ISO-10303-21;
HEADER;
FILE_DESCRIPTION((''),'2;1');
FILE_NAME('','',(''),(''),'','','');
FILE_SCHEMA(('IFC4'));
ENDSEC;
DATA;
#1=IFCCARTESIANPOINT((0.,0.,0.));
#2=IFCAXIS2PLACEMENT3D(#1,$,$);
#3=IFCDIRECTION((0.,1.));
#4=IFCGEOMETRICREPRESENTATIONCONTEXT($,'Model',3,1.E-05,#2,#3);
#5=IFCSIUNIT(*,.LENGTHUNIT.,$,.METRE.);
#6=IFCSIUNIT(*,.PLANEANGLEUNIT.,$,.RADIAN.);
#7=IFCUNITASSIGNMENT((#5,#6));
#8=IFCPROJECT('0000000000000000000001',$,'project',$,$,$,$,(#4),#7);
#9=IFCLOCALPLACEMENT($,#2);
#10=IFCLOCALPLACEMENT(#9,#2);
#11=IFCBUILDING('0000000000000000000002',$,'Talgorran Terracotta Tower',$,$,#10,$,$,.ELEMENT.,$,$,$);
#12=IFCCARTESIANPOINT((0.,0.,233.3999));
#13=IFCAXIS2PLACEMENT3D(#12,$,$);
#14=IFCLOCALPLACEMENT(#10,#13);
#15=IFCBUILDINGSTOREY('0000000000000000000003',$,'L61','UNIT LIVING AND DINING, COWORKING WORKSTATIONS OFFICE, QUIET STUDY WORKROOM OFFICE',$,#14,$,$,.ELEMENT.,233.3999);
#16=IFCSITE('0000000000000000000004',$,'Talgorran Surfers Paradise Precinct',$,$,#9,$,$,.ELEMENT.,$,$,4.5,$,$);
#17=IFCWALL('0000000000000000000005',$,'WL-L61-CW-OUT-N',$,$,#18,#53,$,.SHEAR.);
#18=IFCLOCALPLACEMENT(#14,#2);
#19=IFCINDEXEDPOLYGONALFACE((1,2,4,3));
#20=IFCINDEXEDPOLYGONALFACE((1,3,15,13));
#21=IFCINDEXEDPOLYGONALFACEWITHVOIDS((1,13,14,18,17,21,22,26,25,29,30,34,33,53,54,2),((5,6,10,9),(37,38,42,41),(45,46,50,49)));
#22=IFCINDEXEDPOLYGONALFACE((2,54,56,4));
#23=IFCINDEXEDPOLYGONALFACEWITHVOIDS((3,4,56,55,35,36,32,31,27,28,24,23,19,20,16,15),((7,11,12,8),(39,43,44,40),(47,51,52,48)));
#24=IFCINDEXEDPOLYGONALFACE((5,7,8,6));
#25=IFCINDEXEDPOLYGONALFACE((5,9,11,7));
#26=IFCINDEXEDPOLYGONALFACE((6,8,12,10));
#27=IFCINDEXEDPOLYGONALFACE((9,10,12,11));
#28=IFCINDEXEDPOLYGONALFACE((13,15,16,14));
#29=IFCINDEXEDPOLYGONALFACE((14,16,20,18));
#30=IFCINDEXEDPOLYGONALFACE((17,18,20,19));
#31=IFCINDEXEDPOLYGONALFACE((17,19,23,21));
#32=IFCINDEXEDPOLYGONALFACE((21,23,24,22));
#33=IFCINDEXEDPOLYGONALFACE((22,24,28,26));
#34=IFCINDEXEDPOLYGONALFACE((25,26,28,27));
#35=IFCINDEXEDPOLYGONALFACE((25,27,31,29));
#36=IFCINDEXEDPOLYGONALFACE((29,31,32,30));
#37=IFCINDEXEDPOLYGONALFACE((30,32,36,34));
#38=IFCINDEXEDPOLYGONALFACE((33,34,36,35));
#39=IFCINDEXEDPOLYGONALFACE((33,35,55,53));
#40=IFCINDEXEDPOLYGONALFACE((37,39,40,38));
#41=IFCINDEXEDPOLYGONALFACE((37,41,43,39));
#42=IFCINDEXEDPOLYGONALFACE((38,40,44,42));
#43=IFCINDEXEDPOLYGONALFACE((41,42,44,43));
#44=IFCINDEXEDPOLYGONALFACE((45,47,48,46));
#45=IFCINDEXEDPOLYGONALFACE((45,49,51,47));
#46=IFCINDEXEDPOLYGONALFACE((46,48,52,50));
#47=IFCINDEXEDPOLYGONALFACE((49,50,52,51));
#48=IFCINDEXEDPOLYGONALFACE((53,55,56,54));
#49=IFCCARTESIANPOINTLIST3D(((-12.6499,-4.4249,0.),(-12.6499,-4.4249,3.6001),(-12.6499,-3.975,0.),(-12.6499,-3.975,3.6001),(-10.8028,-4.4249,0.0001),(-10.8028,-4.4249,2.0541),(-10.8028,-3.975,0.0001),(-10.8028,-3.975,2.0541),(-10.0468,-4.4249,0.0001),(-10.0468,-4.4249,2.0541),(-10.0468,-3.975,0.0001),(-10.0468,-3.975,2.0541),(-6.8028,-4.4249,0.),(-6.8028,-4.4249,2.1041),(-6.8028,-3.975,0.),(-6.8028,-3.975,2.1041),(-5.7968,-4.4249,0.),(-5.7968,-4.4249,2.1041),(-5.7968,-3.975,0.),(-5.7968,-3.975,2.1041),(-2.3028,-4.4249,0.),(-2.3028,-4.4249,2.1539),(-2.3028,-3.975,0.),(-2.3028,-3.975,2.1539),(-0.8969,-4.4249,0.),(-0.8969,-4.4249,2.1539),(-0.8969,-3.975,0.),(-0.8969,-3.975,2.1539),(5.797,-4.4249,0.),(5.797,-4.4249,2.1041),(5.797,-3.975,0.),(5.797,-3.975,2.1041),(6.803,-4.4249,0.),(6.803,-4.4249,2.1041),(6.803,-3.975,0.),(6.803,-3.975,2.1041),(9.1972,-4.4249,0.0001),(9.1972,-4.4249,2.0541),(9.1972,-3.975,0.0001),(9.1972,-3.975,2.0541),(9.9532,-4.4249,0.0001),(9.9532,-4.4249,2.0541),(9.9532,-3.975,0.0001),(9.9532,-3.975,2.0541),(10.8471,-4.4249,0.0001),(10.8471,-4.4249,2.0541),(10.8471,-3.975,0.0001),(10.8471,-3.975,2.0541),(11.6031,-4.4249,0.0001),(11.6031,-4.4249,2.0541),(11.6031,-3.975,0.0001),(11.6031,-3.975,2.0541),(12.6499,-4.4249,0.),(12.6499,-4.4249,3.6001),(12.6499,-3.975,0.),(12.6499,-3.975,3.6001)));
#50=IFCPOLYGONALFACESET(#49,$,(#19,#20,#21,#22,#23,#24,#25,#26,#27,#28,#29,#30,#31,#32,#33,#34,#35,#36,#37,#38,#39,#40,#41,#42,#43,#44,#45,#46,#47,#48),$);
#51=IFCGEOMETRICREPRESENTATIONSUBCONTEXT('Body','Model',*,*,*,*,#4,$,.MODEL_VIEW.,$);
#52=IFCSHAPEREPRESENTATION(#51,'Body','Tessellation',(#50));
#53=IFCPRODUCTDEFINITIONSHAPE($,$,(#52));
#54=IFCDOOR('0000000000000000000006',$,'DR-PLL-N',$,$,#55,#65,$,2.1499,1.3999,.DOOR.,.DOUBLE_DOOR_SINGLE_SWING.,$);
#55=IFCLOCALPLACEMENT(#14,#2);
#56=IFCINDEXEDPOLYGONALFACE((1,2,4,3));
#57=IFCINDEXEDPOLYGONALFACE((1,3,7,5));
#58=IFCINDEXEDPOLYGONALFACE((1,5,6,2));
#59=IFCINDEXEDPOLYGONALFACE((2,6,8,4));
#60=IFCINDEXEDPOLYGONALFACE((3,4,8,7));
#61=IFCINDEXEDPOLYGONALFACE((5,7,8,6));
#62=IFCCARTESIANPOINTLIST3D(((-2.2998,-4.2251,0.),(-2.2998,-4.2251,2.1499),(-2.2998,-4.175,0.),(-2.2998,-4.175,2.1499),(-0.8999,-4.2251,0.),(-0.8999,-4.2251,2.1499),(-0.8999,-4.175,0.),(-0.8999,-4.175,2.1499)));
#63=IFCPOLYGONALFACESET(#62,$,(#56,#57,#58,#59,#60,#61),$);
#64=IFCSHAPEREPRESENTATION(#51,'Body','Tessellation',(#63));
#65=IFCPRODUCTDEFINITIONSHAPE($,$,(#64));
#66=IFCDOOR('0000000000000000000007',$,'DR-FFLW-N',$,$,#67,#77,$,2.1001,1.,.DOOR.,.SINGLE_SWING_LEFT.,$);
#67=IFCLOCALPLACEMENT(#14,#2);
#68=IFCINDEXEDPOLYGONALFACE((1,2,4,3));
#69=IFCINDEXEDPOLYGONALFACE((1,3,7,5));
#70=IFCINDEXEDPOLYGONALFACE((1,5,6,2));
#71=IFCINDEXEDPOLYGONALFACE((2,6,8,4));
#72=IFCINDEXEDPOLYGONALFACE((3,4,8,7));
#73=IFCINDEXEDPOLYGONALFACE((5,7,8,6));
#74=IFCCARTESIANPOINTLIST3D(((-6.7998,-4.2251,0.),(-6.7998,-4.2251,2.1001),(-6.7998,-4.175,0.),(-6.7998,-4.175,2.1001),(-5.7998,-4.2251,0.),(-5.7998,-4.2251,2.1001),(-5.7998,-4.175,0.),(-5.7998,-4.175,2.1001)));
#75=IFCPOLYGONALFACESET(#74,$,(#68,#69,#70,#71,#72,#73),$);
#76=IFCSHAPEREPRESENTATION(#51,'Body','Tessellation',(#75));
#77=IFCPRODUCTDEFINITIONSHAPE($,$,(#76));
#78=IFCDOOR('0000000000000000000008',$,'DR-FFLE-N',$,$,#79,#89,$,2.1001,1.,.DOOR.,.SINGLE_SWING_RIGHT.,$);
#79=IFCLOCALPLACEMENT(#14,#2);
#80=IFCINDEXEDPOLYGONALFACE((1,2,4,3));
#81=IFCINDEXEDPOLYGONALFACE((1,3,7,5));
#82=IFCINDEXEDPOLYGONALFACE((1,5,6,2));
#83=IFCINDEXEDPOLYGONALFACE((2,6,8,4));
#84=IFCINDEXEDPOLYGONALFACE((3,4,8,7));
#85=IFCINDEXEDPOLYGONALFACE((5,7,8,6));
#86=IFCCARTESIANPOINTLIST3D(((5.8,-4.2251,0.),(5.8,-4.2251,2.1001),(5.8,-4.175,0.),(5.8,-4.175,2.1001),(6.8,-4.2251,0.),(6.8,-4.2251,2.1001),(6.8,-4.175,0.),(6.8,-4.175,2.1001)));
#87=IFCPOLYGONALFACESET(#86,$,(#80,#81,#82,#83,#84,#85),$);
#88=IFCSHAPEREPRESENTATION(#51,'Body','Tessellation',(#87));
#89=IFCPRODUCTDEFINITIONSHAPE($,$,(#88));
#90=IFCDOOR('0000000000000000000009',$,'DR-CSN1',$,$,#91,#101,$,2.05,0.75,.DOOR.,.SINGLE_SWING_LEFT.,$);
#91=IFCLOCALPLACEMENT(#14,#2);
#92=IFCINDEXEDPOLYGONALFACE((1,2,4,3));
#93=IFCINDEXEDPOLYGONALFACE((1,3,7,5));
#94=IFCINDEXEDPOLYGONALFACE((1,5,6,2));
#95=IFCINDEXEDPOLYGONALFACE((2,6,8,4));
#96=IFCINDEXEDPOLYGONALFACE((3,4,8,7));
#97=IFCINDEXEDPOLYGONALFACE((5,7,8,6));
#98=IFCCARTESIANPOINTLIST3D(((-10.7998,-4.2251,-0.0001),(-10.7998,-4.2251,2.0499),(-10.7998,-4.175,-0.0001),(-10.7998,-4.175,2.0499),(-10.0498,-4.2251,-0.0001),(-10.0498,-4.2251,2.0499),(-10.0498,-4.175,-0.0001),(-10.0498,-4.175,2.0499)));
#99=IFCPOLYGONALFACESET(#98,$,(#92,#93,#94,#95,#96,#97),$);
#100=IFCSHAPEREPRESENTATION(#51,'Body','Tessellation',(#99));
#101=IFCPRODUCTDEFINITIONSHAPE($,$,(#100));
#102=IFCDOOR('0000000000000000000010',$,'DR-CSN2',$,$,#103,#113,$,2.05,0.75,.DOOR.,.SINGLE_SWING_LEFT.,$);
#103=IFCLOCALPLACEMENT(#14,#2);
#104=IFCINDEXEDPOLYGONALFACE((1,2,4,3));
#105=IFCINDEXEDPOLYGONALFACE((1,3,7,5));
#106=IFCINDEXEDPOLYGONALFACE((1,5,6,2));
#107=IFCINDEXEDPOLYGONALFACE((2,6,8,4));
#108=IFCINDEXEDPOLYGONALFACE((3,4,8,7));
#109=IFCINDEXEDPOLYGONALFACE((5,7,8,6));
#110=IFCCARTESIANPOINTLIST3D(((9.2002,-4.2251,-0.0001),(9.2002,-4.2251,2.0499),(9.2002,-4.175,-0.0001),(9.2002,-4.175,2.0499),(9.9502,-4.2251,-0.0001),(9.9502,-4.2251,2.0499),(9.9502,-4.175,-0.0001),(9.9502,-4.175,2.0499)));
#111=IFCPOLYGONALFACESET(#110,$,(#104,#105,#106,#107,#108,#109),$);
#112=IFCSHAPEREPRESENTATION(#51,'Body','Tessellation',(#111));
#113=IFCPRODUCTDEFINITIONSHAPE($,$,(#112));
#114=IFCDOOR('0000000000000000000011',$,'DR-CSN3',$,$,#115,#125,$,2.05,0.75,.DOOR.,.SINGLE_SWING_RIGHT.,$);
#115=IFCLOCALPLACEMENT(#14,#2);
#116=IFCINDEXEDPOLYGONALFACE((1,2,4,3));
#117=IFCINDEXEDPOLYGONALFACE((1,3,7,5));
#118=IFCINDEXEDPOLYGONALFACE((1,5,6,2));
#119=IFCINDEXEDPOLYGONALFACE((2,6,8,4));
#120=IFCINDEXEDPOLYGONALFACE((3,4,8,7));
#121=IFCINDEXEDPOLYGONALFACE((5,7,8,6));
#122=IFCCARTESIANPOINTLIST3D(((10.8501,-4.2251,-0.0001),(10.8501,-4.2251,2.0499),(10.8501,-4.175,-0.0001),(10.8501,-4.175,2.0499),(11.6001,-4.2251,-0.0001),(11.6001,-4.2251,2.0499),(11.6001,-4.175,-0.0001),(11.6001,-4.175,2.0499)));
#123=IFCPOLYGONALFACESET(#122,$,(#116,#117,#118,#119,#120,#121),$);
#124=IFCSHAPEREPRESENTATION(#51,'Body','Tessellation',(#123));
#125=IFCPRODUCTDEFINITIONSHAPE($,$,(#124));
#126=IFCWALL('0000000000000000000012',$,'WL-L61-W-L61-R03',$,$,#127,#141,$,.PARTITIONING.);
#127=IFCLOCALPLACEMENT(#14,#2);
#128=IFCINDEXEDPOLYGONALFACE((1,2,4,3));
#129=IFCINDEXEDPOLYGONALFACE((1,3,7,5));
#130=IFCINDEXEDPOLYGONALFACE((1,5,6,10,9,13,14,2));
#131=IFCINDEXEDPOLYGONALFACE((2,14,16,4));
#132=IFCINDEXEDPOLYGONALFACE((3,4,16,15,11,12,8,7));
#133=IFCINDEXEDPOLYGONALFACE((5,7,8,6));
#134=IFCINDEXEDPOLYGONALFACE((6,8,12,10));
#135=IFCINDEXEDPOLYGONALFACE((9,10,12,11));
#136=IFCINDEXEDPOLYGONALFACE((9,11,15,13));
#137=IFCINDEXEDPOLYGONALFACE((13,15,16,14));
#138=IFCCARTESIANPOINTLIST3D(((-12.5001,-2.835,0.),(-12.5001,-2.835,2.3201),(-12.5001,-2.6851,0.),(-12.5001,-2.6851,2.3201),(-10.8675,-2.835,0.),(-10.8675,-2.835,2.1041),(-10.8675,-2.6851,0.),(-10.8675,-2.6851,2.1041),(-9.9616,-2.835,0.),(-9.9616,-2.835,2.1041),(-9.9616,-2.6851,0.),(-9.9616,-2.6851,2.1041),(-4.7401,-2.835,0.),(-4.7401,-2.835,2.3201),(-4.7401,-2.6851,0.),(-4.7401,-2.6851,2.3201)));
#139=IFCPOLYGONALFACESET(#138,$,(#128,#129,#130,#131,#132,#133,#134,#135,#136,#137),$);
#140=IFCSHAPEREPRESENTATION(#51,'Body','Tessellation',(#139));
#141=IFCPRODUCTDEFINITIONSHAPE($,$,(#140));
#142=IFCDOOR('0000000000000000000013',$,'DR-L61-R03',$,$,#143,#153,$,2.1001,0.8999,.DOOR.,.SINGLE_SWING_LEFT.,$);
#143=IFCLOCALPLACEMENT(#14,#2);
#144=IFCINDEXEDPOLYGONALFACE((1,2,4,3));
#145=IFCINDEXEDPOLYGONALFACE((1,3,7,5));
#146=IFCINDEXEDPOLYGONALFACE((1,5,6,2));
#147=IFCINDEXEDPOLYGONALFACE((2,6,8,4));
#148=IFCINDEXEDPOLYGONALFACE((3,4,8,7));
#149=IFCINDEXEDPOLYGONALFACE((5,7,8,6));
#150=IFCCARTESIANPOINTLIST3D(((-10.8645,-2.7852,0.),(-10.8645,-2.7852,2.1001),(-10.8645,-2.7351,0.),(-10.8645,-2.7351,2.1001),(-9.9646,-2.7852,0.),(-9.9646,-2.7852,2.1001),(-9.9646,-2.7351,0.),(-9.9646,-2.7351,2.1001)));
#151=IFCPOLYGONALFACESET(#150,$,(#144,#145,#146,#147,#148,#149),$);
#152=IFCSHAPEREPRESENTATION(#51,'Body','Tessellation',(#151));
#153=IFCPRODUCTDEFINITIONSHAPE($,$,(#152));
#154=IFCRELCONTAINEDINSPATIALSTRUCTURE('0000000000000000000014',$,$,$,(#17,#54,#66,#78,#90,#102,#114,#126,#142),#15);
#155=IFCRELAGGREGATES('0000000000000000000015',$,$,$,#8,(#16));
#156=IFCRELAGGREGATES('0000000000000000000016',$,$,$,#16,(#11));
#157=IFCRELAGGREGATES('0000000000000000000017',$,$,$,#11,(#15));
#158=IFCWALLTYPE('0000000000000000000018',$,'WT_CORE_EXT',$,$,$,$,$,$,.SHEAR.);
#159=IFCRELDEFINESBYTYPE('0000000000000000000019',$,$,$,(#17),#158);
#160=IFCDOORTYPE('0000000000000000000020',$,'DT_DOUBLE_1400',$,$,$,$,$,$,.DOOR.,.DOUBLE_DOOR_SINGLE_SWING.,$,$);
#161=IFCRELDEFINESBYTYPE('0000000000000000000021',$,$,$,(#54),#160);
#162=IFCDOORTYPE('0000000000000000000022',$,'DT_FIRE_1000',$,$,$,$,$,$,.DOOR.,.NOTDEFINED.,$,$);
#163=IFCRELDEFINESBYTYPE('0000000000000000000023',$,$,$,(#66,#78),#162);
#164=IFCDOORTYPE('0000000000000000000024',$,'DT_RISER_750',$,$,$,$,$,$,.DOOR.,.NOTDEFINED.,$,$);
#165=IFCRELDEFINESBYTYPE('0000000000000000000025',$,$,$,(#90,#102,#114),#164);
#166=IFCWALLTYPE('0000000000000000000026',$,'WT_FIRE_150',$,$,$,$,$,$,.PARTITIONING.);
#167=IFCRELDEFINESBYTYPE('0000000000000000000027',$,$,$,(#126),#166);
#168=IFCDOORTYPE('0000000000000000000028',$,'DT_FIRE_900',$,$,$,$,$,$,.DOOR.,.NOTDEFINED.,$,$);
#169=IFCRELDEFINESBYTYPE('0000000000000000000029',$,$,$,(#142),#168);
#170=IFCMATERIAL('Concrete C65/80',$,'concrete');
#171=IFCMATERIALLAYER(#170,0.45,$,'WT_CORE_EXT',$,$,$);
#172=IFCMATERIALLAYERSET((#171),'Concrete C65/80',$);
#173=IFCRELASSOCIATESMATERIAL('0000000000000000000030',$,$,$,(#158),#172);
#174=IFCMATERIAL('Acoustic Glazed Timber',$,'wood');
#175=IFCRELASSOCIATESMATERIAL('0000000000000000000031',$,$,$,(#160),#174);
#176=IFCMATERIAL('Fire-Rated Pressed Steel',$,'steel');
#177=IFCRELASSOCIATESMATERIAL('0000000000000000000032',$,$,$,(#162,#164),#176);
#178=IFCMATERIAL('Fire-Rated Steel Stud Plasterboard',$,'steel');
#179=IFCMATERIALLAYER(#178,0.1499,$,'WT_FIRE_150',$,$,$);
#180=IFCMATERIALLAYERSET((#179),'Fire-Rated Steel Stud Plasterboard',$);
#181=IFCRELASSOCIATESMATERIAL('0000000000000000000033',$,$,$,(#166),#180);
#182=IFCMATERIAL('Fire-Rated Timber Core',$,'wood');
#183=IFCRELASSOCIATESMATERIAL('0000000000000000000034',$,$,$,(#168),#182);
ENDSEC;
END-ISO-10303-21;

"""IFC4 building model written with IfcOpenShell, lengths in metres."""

from ifc_helpers import new_model, si_unit, direction, frame, frame_2d, origin, place, context, subcontext, project, spatial, rectangle, extrude, material, layer, layer_set, type_object, element, fill, save


model = new_model("IFC4")

# Units and contexts
model_context = context("Model", 3, precision=1e-05, world=origin(), true_north=direction((0.0, 1.0)))
body_context = subcontext(model_context, "Body", "Model", "MODEL_VIEW")
ifc_project = project(units=[si_unit("LENGTHUNIT", "METRE"), si_unit("PLANEANGLEUNIT", "RADIAN")], contexts=[model_context])

# Site, building, storey
site_placement = place(None, origin())
site = spatial("IfcSite", under=ifc_project, at=site_placement, Name="Talgorran Surfers Paradise Precinct", CompositionType="ELEMENT", RefElevation=4.5)
building_placement = place(site_placement, origin())
building = spatial("IfcBuilding", under=site, at=building_placement, Name="Talgorran Terracotta Tower", CompositionType="ELEMENT")
storey_placement = place(building_placement, frame((0.0, 0.0, 233.3999)))
storey = spatial("IfcBuildingStorey", under=building, at=storey_placement, Name="L61", Description="UNIT LIVING AND DINING, COWORKING WORKSTATIONS OFFICE, QUIET STUDY WORKROOM OFFICE", CompositionType="ELEMENT", Elevation=233.3999)

# Wall, openings, doors
ifc_material_1 = material(Name="Concrete C65/80", Category="concrete")
ifc_layer_1 = layer(ifc_material_1, 0.45, Name="WT_CORE_EXT")
ifc_layer_set_1 = layer_set([ifc_layer_1], Name="Concrete C65/80")
wall_type_1 = type_object("IfcWallType", Name="WT_CORE_EXT", PredefinedType="SHEAR", material=ifc_layer_set_1)
wall_1_placement = place(storey_placement, frame((-12.6499, -4.2, 0.0), z_axis=(0.0, 0.0, 1.0), x_axis=(1.0, 0.0, 0.0)))
wall_1 = element("IfcWall", 1, at=wall_1_placement, inside=storey, type_object=wall_type_1, Name="WL-L61-CW-OUT-N", PredefinedType="SHEAR", context=body_context, shape_type="SweptSolid", body=[
    extrude(rectangle(XDim=25.2998, YDim=0.45, at=frame_2d((12.6499, 0.0))), origin(), (0.0, 0.0, 1.0), 3.6001),
])
opening_1_placement = place(wall_1_placement, frame((1.8501, 0.0, 0.0)))
opening_1 = element("IfcOpeningElement", 2, at=opening_1_placement, cuts=wall_1, PredefinedType="OPENING", context=body_context, shape_type="SweptSolid", body=[
    extrude(rectangle(XDim=0.756, YDim=2.054, at=frame_2d((0.375, 1.0271))), frame((0.0, 0.2349, 0.0), z_axis=(0.0, -1.0, 0.0), x_axis=(1.0, 0.0, 0.0)), (0.0, 0.0, 1.0), 0.47),
])
opening_2_placement = place(wall_1_placement, frame((21.8501, 0.0, 0.0)))
opening_2 = element("IfcOpeningElement", 3, at=opening_2_placement, cuts=wall_1, PredefinedType="OPENING", context=body_context, shape_type="SweptSolid", body=[
    extrude(rectangle(XDim=0.756, YDim=2.054, at=frame_2d((0.375, 1.0271))), frame((0.0, 0.2349, 0.0), z_axis=(0.0, -1.0, 0.0), x_axis=(1.0, 0.0, 0.0)), (0.0, 0.0, 1.0), 0.47),
])
opening_3_placement = place(wall_1_placement, frame((23.5, 0.0, 0.0)))
opening_3 = element("IfcOpeningElement", 4, at=opening_3_placement, cuts=wall_1, PredefinedType="OPENING", context=body_context, shape_type="SweptSolid", body=[
    extrude(rectangle(XDim=0.756, YDim=2.054, at=frame_2d((0.375, 1.0271))), frame((0.0, 0.2349, 0.0), z_axis=(0.0, -1.0, 0.0), x_axis=(1.0, 0.0, 0.0)), (0.0, 0.0, 1.0), 0.47),
])
opening_4_placement = place(wall_1_placement, frame((5.8501, 0.0, 0.0)))
opening_4 = element("IfcOpeningElement", 5, at=opening_4_placement, cuts=wall_1, PredefinedType="OPENING", context=body_context, shape_type="SweptSolid", body=[
    extrude(rectangle(XDim=1.006, YDim=2.1041, at=frame_2d((0.5, 1.052))), frame((0.0, 0.2349, 0.0), z_axis=(0.0, -1.0, 0.0), x_axis=(1.0, 0.0, 0.0)), (0.0, 0.0, 1.0), 0.47),
])
opening_5_placement = place(wall_1_placement, frame((10.3501, 0.0, 0.0)))
opening_5 = element("IfcOpeningElement", 6, at=opening_5_placement, cuts=wall_1, PredefinedType="OPENING", context=body_context, shape_type="SweptSolid", body=[
    extrude(rectangle(XDim=1.4059, YDim=2.1539, at=frame_2d((0.7, 1.0769))), frame((0.0, 0.2349, 0.0), z_axis=(0.0, -1.0, 0.0), x_axis=(1.0, 0.0, 0.0)), (0.0, 0.0, 1.0), 0.47),
])
opening_6_placement = place(wall_1_placement, frame((18.45, 0.0, 0.0)))
opening_6 = element("IfcOpeningElement", 7, at=opening_6_placement, cuts=wall_1, PredefinedType="OPENING", context=body_context, shape_type="SweptSolid", body=[
    extrude(rectangle(XDim=1.006, YDim=2.1041, at=frame_2d((0.5, 1.052))), frame((0.0, 0.2349, 0.0), z_axis=(0.0, -1.0, 0.0), x_axis=(1.0, 0.0, 0.0)), (0.0, 0.0, 1.0), 0.47),
])
ifc_material_2 = material(Name="Acoustic Glazed Timber", Category="wood")
door_type_1 = type_object("IfcDoorType", Name="DT_DOUBLE_1400", OperationType="DOUBLE_DOOR_SINGLE_SWING", PredefinedType="DOOR", material=ifc_material_2)
door_1_placement = place(opening_5_placement, origin())
door_1 = element("IfcDoor", 8, at=door_1_placement, inside=storey, type_object=door_type_1, Name="DR-PLL-N", OperationType="DOUBLE_DOOR_SINGLE_SWING", OverallHeight=2.1499, OverallWidth=1.3999, PredefinedType="DOOR", context=body_context, shape_type="SweptSolid", body=[
    extrude(rectangle(XDim=1.3999, YDim=2.1499, at=frame_2d((0.7, 1.075))), frame((0.0, 0.0249, 0.0), z_axis=(0.0, -1.0, 0.0), x_axis=(1.0, 0.0, 0.0)), (0.0, 0.0, 1.0), 0.05),
])
fill(opening_5, door_1)
ifc_material_3 = material(Name="Fire-Rated Pressed Steel", Category="steel")
door_type_2 = type_object("IfcDoorType", Name="DT_FIRE_1000", OperationType="NOTDEFINED", PredefinedType="DOOR", material=ifc_material_3)
door_2_placement = place(opening_4_placement, origin())
door_2 = element("IfcDoor", 9, at=door_2_placement, inside=storey, type_object=door_type_2, Name="DR-FFLW-N", OperationType="SINGLE_SWING_LEFT", OverallHeight=2.1001, OverallWidth=1.0, PredefinedType="DOOR", context=body_context, shape_type="SweptSolid", body=[
    extrude(rectangle(XDim=1.0, YDim=2.1001, at=frame_2d((0.5, 1.05))), frame((0.0, 0.0249, 0.0), z_axis=(0.0, -1.0, 0.0), x_axis=(1.0, 0.0, 0.0)), (0.0, 0.0, 1.0), 0.05),
])
fill(opening_4, door_2)
door_3_placement = place(opening_6_placement, origin())
door_3 = element("IfcDoor", 10, at=door_3_placement, inside=storey, type_object=door_type_2, Name="DR-FFLE-N", OperationType="SINGLE_SWING_RIGHT", OverallHeight=2.1001, OverallWidth=1.0, PredefinedType="DOOR", context=body_context, shape_type="SweptSolid", body=[
    extrude(rectangle(XDim=1.0, YDim=2.1001, at=frame_2d((0.5, 1.05))), frame((0.0, 0.0249, 0.0), z_axis=(0.0, -1.0, 0.0), x_axis=(1.0, 0.0, 0.0)), (0.0, 0.0, 1.0), 0.05),
])
fill(opening_6, door_3)
door_type_3 = type_object("IfcDoorType", Name="DT_RISER_750", OperationType="NOTDEFINED", PredefinedType="DOOR", material=ifc_material_3)
door_4_placement = place(opening_1_placement, origin())
door_4 = element("IfcDoor", 11, at=door_4_placement, inside=storey, type_object=door_type_3, Name="DR-CSN1", OperationType="SINGLE_SWING_LEFT", OverallHeight=2.05, OverallWidth=0.75, PredefinedType="DOOR", context=body_context, shape_type="SweptSolid", body=[
    extrude(rectangle(XDim=0.75, YDim=2.05, at=frame_2d((0.375, 1.0249))), frame((0.0, 0.0249, 0.0), z_axis=(0.0, -1.0, 0.0), x_axis=(1.0, 0.0, 0.0)), (0.0, 0.0, 1.0), 0.05),
])
fill(opening_1, door_4)
door_5_placement = place(opening_2_placement, origin())
door_5 = element("IfcDoor", 12, at=door_5_placement, inside=storey, type_object=door_type_3, Name="DR-CSN2", OperationType="SINGLE_SWING_LEFT", OverallHeight=2.05, OverallWidth=0.75, PredefinedType="DOOR", context=body_context, shape_type="SweptSolid", body=[
    extrude(rectangle(XDim=0.75, YDim=2.05, at=frame_2d((0.375, 1.0249))), frame((0.0, 0.0249, 0.0), z_axis=(0.0, -1.0, 0.0), x_axis=(1.0, 0.0, 0.0)), (0.0, 0.0, 1.0), 0.05),
])
fill(opening_2, door_5)
door_6_placement = place(opening_3_placement, origin())
door_6 = element("IfcDoor", 13, at=door_6_placement, inside=storey, type_object=door_type_3, Name="DR-CSN3", OperationType="SINGLE_SWING_RIGHT", OverallHeight=2.05, OverallWidth=0.75, PredefinedType="DOOR", context=body_context, shape_type="SweptSolid", body=[
    extrude(rectangle(XDim=0.75, YDim=2.05, at=frame_2d((0.375, 1.0249))), frame((0.0, 0.0249, 0.0), z_axis=(0.0, -1.0, 0.0), x_axis=(1.0, 0.0, 0.0)), (0.0, 0.0, 1.0), 0.05),
])
fill(opening_3, door_6)

# Wall, opening, door
ifc_material_4 = material(Name="Fire-Rated Steel Stud Plasterboard", Category="steel")
ifc_layer_2 = layer(ifc_material_4, 0.1499, Name="WT_FIRE_150")
ifc_layer_set_2 = layer_set([ifc_layer_2], Name="Fire-Rated Steel Stud Plasterboard")
wall_type_2 = type_object("IfcWallType", Name="WT_FIRE_150", PredefinedType="PARTITIONING", material=ifc_layer_set_2)
wall_2_placement = place(storey_placement, frame((-12.5, -2.76, 0.0), z_axis=(0.0, 0.0, 1.0), x_axis=(1.0, 0.0, 0.0)))
wall_2 = element("IfcWall", 14, at=wall_2_placement, inside=storey, type_object=wall_type_2, Name="WL-L61-W-L61-R03", PredefinedType="PARTITIONING", context=body_context, shape_type="SweptSolid", body=[
    extrude(rectangle(XDim=7.76, YDim=0.1499, at=frame_2d((3.8799, 0.0))), origin(), (0.0, 0.0, 1.0), 2.3201),
])
opening_7_placement = place(wall_2_placement, frame((1.6355, 0.0, 0.0)))
opening_7 = element("IfcOpeningElement", 15, at=opening_7_placement, cuts=wall_2, PredefinedType="OPENING", context=body_context, shape_type="SweptSolid", body=[
    extrude(rectangle(XDim=0.9059, YDim=2.1041, at=frame_2d((0.45, 1.052))), frame((0.0, 0.085, 0.0), z_axis=(0.0, -1.0, 0.0), x_axis=(1.0, 0.0, 0.0)), (0.0, 0.0, 1.0), 0.1699),
])
ifc_material_5 = material(Name="Fire-Rated Timber Core", Category="wood")
door_type_4 = type_object("IfcDoorType", Name="DT_FIRE_900", OperationType="NOTDEFINED", PredefinedType="DOOR", material=ifc_material_5)
door_7_placement = place(opening_7_placement, origin())
door_7 = element("IfcDoor", 16, at=door_7_placement, inside=storey, type_object=door_type_4, Name="DR-L61-R03", OperationType="SINGLE_SWING_LEFT", OverallHeight=2.1001, OverallWidth=0.8999, PredefinedType="DOOR", context=body_context, shape_type="SweptSolid", body=[
    extrude(rectangle(XDim=0.8999, YDim=2.1001, at=frame_2d((0.45, 1.05))), frame((0.0, 0.0249, 0.0), z_axis=(0.0, -1.0, 0.0), x_axis=(1.0, 0.0, 0.0)), (0.0, 0.0, 1.0), 0.05),
])
fill(opening_7, door_7)

save(model, "model.ifc")
